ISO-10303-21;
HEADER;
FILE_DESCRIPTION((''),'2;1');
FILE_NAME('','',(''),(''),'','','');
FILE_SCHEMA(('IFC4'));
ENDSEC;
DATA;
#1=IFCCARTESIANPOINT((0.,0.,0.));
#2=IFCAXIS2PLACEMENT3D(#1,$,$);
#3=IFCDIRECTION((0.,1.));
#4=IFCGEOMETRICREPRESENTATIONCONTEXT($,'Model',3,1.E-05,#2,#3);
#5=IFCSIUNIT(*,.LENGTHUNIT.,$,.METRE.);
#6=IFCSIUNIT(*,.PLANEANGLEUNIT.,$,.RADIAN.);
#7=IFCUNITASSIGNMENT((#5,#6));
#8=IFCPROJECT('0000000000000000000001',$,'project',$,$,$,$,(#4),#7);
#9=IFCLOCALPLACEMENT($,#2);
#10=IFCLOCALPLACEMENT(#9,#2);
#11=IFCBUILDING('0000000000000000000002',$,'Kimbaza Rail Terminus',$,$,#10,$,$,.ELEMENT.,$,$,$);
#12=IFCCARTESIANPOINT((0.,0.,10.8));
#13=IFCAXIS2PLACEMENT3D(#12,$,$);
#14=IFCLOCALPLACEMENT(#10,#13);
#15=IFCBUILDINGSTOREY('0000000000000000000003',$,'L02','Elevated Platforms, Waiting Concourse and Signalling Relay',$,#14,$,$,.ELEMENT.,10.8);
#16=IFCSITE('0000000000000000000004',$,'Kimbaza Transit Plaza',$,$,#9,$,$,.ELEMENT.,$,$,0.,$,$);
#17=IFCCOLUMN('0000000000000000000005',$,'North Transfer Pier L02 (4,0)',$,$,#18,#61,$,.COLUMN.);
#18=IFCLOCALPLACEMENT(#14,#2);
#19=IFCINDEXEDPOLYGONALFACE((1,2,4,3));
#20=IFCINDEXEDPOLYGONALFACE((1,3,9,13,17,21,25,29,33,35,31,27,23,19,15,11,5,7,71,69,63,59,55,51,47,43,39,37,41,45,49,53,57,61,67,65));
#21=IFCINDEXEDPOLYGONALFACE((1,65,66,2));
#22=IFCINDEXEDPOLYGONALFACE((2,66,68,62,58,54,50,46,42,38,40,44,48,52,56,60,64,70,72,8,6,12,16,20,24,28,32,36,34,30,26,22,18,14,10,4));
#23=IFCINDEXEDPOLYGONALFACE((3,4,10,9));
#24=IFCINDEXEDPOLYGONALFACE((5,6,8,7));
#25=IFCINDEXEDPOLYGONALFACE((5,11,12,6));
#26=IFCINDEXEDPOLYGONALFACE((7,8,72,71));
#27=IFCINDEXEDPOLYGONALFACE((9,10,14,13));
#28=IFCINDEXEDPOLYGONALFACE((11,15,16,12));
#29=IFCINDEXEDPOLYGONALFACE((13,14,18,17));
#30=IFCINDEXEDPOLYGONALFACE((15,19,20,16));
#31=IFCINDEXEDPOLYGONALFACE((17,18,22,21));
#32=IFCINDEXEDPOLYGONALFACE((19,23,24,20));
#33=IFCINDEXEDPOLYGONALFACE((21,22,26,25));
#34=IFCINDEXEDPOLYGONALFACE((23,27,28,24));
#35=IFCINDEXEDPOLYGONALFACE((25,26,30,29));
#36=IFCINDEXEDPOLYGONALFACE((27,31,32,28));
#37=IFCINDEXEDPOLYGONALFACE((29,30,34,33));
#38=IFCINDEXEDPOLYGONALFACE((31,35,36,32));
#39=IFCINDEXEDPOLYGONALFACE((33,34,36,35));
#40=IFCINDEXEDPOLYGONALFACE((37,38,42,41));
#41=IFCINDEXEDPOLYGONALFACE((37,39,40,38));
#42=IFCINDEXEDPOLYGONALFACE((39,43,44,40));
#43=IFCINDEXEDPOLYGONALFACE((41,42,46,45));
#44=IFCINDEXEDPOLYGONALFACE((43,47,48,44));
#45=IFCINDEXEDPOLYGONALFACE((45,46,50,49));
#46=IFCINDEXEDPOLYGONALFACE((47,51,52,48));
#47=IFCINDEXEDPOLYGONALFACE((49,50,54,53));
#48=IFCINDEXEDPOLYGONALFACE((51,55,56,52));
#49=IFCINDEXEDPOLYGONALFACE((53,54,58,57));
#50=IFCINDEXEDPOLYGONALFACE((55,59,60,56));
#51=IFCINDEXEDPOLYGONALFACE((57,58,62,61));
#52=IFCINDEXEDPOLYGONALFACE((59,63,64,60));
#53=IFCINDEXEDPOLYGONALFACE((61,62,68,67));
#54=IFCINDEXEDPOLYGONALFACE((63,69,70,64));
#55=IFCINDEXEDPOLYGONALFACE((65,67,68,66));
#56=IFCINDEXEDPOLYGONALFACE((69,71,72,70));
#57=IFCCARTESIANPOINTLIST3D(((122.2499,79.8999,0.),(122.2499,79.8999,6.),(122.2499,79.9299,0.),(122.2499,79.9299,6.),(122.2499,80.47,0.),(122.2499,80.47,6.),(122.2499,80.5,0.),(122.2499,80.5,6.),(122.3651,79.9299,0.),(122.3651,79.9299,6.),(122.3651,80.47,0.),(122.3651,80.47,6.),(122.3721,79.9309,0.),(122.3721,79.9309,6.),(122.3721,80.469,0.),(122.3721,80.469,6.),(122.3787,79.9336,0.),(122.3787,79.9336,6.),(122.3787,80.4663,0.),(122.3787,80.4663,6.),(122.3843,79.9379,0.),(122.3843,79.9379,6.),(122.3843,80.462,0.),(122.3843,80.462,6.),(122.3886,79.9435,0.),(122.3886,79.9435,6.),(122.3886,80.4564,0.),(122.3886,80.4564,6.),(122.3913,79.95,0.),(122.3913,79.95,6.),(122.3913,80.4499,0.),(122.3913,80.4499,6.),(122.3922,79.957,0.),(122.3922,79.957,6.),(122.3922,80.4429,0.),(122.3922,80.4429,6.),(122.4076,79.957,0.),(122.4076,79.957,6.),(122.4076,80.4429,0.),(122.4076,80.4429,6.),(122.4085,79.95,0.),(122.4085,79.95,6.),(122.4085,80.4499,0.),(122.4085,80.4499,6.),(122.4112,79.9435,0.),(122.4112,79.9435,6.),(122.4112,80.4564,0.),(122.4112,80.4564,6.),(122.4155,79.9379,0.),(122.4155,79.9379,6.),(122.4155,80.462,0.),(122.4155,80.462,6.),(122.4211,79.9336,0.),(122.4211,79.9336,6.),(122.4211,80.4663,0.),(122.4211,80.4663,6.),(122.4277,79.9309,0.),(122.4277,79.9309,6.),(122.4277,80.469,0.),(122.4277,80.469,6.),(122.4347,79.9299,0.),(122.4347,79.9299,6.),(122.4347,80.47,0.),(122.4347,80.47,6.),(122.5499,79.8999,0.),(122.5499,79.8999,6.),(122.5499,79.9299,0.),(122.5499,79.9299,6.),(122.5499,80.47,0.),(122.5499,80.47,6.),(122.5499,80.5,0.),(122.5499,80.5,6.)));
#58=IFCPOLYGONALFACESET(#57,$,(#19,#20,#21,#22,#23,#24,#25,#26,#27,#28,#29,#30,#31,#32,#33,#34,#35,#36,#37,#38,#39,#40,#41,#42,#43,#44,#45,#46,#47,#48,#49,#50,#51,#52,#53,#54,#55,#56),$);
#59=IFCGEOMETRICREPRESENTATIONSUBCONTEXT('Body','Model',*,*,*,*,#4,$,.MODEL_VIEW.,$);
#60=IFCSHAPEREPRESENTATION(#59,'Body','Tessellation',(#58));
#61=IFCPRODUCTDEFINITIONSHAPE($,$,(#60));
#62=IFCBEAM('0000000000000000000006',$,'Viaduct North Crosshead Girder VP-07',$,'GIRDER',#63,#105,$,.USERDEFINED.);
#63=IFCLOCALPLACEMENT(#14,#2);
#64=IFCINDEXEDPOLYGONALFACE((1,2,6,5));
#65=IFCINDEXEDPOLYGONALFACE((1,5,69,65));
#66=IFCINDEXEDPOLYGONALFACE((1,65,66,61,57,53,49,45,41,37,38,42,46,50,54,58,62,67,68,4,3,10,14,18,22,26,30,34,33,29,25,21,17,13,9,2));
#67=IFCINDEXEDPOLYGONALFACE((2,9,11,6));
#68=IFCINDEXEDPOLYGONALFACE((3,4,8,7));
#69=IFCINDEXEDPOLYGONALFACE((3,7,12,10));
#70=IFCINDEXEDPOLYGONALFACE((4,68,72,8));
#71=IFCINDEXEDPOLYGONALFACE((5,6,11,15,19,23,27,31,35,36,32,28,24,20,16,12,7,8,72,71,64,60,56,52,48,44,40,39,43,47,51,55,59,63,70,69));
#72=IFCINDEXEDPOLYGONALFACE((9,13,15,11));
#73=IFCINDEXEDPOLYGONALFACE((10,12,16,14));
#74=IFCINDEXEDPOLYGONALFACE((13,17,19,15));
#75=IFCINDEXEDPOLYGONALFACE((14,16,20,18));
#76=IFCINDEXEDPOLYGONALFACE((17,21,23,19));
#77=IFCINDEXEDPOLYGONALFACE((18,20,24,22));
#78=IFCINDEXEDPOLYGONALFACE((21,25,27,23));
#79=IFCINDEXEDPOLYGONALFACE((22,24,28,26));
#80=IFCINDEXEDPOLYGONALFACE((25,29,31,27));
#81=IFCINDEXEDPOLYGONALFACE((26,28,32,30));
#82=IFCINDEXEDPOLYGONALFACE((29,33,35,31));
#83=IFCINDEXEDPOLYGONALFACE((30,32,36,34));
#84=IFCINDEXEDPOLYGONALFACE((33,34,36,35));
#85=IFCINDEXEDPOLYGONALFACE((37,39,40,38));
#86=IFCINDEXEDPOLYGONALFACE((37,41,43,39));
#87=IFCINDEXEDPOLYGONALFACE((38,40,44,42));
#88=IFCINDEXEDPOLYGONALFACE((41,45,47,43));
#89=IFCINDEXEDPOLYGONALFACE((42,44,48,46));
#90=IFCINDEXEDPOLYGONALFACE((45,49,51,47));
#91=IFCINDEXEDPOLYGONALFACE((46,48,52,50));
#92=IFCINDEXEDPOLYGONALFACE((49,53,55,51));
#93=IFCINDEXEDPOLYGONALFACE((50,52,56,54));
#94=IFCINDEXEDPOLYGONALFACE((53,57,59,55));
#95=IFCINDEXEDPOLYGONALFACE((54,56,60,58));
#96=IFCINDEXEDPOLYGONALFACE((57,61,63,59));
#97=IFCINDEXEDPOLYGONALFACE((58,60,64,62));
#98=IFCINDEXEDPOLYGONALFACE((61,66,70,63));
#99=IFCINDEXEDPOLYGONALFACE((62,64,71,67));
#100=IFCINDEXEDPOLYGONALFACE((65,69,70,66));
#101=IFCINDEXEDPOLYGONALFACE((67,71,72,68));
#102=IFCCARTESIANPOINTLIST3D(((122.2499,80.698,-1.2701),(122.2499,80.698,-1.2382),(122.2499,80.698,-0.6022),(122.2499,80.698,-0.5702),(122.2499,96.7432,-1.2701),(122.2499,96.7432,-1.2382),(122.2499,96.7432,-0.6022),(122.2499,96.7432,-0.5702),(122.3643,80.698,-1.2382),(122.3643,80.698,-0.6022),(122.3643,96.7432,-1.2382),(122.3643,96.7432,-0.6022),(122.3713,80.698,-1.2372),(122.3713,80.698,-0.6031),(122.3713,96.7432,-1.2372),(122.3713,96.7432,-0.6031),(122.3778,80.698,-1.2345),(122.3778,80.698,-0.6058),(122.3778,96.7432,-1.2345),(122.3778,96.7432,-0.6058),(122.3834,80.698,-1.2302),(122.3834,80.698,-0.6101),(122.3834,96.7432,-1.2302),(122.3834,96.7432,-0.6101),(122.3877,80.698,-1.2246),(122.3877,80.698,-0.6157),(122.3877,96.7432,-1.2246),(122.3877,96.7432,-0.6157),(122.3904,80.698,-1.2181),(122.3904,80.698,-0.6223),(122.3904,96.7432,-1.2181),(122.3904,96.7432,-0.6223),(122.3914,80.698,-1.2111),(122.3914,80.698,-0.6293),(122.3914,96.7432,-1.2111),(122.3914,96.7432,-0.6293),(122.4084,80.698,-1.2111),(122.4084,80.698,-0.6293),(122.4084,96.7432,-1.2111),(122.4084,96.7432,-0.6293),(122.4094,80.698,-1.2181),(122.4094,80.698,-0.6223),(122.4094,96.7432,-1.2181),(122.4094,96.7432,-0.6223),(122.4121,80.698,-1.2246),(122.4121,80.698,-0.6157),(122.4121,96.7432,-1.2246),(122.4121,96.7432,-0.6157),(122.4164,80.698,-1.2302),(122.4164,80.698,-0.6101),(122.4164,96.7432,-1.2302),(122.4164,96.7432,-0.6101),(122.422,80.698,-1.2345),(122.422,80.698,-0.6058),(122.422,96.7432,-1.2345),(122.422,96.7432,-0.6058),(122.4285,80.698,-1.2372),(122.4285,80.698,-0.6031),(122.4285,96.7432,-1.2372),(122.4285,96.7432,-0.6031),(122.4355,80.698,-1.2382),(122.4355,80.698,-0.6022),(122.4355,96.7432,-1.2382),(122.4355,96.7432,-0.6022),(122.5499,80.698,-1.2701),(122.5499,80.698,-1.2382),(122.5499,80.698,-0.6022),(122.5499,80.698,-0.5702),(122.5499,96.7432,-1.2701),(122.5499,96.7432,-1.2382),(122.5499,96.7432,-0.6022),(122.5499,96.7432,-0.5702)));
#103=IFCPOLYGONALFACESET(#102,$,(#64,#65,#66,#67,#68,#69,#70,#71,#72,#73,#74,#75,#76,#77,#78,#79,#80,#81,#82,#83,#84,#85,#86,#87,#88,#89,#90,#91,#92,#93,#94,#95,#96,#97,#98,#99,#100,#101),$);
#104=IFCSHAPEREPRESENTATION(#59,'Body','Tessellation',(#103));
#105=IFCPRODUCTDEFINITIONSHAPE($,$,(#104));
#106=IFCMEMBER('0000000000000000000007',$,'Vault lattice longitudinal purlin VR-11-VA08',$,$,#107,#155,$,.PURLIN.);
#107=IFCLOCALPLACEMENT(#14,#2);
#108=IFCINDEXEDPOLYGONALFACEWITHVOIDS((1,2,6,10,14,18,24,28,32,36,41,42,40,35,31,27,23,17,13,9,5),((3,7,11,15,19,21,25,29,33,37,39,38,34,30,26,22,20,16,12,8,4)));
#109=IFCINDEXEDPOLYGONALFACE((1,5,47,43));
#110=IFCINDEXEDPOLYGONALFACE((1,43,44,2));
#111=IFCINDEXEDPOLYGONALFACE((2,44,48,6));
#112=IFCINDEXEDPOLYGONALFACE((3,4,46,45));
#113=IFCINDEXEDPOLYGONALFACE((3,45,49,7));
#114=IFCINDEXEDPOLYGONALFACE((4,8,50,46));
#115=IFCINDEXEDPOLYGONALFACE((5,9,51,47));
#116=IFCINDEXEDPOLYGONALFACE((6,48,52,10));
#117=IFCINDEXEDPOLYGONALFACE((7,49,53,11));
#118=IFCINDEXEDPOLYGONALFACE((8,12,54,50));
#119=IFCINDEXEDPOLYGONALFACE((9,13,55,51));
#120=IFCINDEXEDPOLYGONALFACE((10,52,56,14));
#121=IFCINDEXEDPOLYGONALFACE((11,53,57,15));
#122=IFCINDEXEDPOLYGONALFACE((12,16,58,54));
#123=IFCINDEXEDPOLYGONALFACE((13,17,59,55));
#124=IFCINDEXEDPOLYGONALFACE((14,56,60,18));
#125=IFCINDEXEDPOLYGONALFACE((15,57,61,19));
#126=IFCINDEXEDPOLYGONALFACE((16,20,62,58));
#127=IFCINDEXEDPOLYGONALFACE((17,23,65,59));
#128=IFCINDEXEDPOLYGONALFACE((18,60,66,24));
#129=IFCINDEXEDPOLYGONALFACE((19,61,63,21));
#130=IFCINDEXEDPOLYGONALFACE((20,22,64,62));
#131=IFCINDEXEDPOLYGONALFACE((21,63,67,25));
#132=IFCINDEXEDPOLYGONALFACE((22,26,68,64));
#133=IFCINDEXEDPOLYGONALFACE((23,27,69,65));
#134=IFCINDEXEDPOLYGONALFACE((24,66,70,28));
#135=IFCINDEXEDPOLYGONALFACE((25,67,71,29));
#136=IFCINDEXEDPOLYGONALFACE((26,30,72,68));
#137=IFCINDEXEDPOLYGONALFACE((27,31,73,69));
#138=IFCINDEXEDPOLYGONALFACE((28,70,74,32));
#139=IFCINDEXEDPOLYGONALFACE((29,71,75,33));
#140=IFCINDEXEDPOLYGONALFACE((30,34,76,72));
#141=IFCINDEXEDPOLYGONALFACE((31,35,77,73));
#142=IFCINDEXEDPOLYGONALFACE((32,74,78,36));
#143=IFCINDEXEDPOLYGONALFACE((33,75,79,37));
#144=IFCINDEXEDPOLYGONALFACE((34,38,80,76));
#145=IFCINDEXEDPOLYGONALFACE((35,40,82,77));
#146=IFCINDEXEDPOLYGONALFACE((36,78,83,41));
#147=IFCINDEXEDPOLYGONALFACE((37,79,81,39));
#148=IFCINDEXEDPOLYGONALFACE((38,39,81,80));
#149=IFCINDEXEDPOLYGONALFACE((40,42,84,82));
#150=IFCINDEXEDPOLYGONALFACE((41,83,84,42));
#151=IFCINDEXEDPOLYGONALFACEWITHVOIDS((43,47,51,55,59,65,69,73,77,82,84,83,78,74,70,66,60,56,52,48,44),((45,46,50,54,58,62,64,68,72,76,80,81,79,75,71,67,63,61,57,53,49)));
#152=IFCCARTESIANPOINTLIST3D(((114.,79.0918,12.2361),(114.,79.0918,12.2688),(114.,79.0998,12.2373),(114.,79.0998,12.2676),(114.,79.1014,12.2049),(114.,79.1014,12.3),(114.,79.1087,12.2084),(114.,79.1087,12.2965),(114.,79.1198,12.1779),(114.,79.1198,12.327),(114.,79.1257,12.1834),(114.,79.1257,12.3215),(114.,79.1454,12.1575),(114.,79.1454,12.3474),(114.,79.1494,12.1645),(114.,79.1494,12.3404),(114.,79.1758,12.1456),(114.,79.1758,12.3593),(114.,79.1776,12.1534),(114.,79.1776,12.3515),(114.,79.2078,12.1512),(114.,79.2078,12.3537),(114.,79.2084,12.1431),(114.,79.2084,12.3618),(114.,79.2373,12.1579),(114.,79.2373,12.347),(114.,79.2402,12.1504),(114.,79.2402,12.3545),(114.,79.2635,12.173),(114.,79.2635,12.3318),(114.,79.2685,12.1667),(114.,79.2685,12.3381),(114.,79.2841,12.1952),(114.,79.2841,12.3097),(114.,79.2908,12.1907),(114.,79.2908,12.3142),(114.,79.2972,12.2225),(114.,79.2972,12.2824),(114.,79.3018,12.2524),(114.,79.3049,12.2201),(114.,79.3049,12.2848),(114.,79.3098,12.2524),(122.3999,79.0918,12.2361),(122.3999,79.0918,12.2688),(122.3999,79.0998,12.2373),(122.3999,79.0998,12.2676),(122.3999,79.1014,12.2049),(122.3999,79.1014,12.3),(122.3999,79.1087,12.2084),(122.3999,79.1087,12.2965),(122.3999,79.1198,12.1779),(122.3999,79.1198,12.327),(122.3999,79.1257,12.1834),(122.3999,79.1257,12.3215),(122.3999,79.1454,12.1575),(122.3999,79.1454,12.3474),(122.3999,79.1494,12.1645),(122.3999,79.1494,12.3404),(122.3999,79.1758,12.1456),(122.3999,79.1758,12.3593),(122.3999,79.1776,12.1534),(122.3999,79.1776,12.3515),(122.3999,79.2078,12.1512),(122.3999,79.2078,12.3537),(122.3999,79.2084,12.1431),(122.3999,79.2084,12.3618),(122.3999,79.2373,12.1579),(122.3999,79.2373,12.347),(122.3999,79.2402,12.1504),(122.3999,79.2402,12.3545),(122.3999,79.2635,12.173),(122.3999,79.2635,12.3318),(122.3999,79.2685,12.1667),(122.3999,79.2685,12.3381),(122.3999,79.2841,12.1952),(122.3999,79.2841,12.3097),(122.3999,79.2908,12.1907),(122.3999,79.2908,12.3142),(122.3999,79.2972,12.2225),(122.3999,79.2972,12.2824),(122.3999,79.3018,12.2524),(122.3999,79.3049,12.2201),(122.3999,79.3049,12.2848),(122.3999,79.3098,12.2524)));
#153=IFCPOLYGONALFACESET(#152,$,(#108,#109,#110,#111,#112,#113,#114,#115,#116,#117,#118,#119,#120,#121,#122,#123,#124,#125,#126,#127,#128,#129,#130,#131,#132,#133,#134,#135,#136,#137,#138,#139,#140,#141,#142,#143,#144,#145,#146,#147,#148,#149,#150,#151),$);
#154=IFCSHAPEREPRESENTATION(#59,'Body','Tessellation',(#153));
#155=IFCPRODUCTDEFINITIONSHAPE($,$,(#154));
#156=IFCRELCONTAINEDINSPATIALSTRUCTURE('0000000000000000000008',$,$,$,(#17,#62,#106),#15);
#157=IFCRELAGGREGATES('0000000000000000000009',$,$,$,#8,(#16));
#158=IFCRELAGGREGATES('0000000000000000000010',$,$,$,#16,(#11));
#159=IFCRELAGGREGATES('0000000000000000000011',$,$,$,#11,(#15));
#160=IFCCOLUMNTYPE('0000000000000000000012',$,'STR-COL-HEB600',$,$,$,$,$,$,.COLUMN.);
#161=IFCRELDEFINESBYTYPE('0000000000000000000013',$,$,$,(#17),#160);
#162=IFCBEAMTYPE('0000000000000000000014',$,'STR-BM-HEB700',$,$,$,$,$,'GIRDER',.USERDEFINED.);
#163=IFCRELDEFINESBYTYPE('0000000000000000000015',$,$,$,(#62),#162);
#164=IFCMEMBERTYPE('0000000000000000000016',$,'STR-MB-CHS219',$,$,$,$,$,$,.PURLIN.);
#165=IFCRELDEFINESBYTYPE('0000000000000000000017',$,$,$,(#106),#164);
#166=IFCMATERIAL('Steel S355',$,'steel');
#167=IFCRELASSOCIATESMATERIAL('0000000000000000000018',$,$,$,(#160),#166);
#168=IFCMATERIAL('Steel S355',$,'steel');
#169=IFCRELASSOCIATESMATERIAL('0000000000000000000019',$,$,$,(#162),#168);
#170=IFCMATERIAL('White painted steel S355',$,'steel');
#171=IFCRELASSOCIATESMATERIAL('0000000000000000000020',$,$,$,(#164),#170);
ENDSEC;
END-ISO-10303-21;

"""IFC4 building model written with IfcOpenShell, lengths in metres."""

from ifc_helpers import new_model, si_unit, direction, frame, origin, origin_2d, place, context, subcontext, project, spatial, hollow_circle, i_section, extrude, material, material_profile, profile_set, type_object, element, save


model = new_model("IFC4")

# Units and contexts
model_context = context("Model", 3, precision=1e-05, world=origin(), true_north=direction((0.0, 1.0)))
body_context = subcontext(model_context, "Body", "Model", "MODEL_VIEW")
ifc_project = project(units=[si_unit("LENGTHUNIT", "METRE"), si_unit("PLANEANGLEUNIT", "RADIAN")], contexts=[model_context])

# Site, building, storey
site_placement = place(None, origin())
site = spatial("IfcSite", under=ifc_project, at=site_placement, Name="Kimbaza Transit Plaza", CompositionType="ELEMENT", RefElevation=0.0)
building_placement = place(site_placement, origin())
building = spatial("IfcBuilding", under=site, at=building_placement, Name="Kimbaza Rail Terminus", CompositionType="ELEMENT")
storey_placement = place(building_placement, frame((0.0, 0.0, 10.8)))
storey = spatial("IfcBuildingStorey", under=building, at=storey_placement, Name="L02", Description="Elevated Platforms, Waiting Concourse and Signalling Relay", CompositionType="ELEMENT", Elevation=10.8)

# Column
ifc_material_1 = material(Name="Steel S355", Category="steel")
ifc_material_profile_1 = material_profile(ifc_material_1, i_section(OverallWidth=0.3, OverallDepth=0.6001, WebThickness=0.0154, FlangeThickness=0.03, FilletRadius=0.0271, at=origin_2d()), Name="HEB 600")
ifc_profile_set_1 = profile_set([ifc_material_profile_1], Name="Steel S355")
column_type = type_object("IfcColumnType", Name="STR-COL-HEB600", PredefinedType="COLUMN", material=ifc_profile_set_1)
column_placement = place(storey_placement, frame((122.3999, 80.2, 0.0), z_axis=(0.0, 0.0, 1.0), x_axis=(1.0, 0.0, 0.0)))
element("IfcColumn", 1, at=column_placement, inside=storey, type_object=column_type, Name="North Transfer Pier L02 (4,0)", PredefinedType="COLUMN", context=body_context, shape_type="SweptSolid", body=[
    extrude(i_section(OverallWidth=0.3, OverallDepth=0.6001, WebThickness=0.0154, FlangeThickness=0.03, FilletRadius=0.0271, at=origin_2d()), origin(), (0.0, 0.0, 1.0), 6.0),
])

# Beam
ifc_material_2 = material(Name="Steel S355", Category="steel")
ifc_material_profile_2 = material_profile(ifc_material_2, i_section(OverallWidth=0.3, OverallDepth=0.7, WebThickness=0.0171, FlangeThickness=0.032, FilletRadius=0.0271, at=origin_2d()), Name="HEB 700")
ifc_profile_set_2 = profile_set([ifc_material_profile_2], Name="Steel S355")
beam_type = type_object("IfcBeamType", Name="STR-BM-HEB700", ElementType="GIRDER", PredefinedType="USERDEFINED", material=ifc_profile_set_2)
beam_placement = place(storey_placement, frame((122.3999, 80.698, -0.9202), z_axis=(0.0, 1.0, 0.0), x_axis=(-1.0, 0.0, 0.0)))
element("IfcBeam", 2, at=beam_placement, inside=storey, type_object=beam_type, Name="Viaduct North Crosshead Girder VP-07", ObjectType="GIRDER", PredefinedType="USERDEFINED", context=body_context, shape_type="SweptSolid", body=[
    extrude(i_section(OverallWidth=0.3, OverallDepth=0.7, WebThickness=0.0171, FlangeThickness=0.032, FilletRadius=0.0271, at=origin_2d()), origin(), (0.0, 0.0, 1.0), 16.0452),
])

# Member
ifc_material_3 = material(Name="White painted steel S355", Category="steel")
ifc_material_profile_3 = material_profile(ifc_material_3, hollow_circle(Radius=0.1096, WallThickness=0.0081, at=origin_2d()), Name="CHS 219.1x8")
ifc_profile_set_3 = profile_set([ifc_material_profile_3], Name="White painted steel S355")
member_type_1 = type_object("IfcMemberType", Name="STR-MB-CHS219", PredefinedType="PURLIN", material=ifc_profile_set_3)
for number, where, z_axis, x_axis, name in (
    (3, (114.0, 79.2002, 12.2524), (1.0, 0.0, 0.0), (0.0, 1.0, 0.0), "Vault lattice longitudinal purlin VR-11-VA08"),
):
    element("IfcMember", number, at=place(storey_placement, frame(where, z_axis=z_axis, x_axis=x_axis)), inside=storey, type_object=member_type_1, Name=name, PredefinedType="PURLIN", context=body_context, shape_type="SweptSolid", body=[
        extrude(hollow_circle(Radius=0.1096, WallThickness=0.0081, at=origin_2d()), origin(), (0.0, 0.0, 1.0), 8.3999),
    ])

save(model, "model.ifc")
